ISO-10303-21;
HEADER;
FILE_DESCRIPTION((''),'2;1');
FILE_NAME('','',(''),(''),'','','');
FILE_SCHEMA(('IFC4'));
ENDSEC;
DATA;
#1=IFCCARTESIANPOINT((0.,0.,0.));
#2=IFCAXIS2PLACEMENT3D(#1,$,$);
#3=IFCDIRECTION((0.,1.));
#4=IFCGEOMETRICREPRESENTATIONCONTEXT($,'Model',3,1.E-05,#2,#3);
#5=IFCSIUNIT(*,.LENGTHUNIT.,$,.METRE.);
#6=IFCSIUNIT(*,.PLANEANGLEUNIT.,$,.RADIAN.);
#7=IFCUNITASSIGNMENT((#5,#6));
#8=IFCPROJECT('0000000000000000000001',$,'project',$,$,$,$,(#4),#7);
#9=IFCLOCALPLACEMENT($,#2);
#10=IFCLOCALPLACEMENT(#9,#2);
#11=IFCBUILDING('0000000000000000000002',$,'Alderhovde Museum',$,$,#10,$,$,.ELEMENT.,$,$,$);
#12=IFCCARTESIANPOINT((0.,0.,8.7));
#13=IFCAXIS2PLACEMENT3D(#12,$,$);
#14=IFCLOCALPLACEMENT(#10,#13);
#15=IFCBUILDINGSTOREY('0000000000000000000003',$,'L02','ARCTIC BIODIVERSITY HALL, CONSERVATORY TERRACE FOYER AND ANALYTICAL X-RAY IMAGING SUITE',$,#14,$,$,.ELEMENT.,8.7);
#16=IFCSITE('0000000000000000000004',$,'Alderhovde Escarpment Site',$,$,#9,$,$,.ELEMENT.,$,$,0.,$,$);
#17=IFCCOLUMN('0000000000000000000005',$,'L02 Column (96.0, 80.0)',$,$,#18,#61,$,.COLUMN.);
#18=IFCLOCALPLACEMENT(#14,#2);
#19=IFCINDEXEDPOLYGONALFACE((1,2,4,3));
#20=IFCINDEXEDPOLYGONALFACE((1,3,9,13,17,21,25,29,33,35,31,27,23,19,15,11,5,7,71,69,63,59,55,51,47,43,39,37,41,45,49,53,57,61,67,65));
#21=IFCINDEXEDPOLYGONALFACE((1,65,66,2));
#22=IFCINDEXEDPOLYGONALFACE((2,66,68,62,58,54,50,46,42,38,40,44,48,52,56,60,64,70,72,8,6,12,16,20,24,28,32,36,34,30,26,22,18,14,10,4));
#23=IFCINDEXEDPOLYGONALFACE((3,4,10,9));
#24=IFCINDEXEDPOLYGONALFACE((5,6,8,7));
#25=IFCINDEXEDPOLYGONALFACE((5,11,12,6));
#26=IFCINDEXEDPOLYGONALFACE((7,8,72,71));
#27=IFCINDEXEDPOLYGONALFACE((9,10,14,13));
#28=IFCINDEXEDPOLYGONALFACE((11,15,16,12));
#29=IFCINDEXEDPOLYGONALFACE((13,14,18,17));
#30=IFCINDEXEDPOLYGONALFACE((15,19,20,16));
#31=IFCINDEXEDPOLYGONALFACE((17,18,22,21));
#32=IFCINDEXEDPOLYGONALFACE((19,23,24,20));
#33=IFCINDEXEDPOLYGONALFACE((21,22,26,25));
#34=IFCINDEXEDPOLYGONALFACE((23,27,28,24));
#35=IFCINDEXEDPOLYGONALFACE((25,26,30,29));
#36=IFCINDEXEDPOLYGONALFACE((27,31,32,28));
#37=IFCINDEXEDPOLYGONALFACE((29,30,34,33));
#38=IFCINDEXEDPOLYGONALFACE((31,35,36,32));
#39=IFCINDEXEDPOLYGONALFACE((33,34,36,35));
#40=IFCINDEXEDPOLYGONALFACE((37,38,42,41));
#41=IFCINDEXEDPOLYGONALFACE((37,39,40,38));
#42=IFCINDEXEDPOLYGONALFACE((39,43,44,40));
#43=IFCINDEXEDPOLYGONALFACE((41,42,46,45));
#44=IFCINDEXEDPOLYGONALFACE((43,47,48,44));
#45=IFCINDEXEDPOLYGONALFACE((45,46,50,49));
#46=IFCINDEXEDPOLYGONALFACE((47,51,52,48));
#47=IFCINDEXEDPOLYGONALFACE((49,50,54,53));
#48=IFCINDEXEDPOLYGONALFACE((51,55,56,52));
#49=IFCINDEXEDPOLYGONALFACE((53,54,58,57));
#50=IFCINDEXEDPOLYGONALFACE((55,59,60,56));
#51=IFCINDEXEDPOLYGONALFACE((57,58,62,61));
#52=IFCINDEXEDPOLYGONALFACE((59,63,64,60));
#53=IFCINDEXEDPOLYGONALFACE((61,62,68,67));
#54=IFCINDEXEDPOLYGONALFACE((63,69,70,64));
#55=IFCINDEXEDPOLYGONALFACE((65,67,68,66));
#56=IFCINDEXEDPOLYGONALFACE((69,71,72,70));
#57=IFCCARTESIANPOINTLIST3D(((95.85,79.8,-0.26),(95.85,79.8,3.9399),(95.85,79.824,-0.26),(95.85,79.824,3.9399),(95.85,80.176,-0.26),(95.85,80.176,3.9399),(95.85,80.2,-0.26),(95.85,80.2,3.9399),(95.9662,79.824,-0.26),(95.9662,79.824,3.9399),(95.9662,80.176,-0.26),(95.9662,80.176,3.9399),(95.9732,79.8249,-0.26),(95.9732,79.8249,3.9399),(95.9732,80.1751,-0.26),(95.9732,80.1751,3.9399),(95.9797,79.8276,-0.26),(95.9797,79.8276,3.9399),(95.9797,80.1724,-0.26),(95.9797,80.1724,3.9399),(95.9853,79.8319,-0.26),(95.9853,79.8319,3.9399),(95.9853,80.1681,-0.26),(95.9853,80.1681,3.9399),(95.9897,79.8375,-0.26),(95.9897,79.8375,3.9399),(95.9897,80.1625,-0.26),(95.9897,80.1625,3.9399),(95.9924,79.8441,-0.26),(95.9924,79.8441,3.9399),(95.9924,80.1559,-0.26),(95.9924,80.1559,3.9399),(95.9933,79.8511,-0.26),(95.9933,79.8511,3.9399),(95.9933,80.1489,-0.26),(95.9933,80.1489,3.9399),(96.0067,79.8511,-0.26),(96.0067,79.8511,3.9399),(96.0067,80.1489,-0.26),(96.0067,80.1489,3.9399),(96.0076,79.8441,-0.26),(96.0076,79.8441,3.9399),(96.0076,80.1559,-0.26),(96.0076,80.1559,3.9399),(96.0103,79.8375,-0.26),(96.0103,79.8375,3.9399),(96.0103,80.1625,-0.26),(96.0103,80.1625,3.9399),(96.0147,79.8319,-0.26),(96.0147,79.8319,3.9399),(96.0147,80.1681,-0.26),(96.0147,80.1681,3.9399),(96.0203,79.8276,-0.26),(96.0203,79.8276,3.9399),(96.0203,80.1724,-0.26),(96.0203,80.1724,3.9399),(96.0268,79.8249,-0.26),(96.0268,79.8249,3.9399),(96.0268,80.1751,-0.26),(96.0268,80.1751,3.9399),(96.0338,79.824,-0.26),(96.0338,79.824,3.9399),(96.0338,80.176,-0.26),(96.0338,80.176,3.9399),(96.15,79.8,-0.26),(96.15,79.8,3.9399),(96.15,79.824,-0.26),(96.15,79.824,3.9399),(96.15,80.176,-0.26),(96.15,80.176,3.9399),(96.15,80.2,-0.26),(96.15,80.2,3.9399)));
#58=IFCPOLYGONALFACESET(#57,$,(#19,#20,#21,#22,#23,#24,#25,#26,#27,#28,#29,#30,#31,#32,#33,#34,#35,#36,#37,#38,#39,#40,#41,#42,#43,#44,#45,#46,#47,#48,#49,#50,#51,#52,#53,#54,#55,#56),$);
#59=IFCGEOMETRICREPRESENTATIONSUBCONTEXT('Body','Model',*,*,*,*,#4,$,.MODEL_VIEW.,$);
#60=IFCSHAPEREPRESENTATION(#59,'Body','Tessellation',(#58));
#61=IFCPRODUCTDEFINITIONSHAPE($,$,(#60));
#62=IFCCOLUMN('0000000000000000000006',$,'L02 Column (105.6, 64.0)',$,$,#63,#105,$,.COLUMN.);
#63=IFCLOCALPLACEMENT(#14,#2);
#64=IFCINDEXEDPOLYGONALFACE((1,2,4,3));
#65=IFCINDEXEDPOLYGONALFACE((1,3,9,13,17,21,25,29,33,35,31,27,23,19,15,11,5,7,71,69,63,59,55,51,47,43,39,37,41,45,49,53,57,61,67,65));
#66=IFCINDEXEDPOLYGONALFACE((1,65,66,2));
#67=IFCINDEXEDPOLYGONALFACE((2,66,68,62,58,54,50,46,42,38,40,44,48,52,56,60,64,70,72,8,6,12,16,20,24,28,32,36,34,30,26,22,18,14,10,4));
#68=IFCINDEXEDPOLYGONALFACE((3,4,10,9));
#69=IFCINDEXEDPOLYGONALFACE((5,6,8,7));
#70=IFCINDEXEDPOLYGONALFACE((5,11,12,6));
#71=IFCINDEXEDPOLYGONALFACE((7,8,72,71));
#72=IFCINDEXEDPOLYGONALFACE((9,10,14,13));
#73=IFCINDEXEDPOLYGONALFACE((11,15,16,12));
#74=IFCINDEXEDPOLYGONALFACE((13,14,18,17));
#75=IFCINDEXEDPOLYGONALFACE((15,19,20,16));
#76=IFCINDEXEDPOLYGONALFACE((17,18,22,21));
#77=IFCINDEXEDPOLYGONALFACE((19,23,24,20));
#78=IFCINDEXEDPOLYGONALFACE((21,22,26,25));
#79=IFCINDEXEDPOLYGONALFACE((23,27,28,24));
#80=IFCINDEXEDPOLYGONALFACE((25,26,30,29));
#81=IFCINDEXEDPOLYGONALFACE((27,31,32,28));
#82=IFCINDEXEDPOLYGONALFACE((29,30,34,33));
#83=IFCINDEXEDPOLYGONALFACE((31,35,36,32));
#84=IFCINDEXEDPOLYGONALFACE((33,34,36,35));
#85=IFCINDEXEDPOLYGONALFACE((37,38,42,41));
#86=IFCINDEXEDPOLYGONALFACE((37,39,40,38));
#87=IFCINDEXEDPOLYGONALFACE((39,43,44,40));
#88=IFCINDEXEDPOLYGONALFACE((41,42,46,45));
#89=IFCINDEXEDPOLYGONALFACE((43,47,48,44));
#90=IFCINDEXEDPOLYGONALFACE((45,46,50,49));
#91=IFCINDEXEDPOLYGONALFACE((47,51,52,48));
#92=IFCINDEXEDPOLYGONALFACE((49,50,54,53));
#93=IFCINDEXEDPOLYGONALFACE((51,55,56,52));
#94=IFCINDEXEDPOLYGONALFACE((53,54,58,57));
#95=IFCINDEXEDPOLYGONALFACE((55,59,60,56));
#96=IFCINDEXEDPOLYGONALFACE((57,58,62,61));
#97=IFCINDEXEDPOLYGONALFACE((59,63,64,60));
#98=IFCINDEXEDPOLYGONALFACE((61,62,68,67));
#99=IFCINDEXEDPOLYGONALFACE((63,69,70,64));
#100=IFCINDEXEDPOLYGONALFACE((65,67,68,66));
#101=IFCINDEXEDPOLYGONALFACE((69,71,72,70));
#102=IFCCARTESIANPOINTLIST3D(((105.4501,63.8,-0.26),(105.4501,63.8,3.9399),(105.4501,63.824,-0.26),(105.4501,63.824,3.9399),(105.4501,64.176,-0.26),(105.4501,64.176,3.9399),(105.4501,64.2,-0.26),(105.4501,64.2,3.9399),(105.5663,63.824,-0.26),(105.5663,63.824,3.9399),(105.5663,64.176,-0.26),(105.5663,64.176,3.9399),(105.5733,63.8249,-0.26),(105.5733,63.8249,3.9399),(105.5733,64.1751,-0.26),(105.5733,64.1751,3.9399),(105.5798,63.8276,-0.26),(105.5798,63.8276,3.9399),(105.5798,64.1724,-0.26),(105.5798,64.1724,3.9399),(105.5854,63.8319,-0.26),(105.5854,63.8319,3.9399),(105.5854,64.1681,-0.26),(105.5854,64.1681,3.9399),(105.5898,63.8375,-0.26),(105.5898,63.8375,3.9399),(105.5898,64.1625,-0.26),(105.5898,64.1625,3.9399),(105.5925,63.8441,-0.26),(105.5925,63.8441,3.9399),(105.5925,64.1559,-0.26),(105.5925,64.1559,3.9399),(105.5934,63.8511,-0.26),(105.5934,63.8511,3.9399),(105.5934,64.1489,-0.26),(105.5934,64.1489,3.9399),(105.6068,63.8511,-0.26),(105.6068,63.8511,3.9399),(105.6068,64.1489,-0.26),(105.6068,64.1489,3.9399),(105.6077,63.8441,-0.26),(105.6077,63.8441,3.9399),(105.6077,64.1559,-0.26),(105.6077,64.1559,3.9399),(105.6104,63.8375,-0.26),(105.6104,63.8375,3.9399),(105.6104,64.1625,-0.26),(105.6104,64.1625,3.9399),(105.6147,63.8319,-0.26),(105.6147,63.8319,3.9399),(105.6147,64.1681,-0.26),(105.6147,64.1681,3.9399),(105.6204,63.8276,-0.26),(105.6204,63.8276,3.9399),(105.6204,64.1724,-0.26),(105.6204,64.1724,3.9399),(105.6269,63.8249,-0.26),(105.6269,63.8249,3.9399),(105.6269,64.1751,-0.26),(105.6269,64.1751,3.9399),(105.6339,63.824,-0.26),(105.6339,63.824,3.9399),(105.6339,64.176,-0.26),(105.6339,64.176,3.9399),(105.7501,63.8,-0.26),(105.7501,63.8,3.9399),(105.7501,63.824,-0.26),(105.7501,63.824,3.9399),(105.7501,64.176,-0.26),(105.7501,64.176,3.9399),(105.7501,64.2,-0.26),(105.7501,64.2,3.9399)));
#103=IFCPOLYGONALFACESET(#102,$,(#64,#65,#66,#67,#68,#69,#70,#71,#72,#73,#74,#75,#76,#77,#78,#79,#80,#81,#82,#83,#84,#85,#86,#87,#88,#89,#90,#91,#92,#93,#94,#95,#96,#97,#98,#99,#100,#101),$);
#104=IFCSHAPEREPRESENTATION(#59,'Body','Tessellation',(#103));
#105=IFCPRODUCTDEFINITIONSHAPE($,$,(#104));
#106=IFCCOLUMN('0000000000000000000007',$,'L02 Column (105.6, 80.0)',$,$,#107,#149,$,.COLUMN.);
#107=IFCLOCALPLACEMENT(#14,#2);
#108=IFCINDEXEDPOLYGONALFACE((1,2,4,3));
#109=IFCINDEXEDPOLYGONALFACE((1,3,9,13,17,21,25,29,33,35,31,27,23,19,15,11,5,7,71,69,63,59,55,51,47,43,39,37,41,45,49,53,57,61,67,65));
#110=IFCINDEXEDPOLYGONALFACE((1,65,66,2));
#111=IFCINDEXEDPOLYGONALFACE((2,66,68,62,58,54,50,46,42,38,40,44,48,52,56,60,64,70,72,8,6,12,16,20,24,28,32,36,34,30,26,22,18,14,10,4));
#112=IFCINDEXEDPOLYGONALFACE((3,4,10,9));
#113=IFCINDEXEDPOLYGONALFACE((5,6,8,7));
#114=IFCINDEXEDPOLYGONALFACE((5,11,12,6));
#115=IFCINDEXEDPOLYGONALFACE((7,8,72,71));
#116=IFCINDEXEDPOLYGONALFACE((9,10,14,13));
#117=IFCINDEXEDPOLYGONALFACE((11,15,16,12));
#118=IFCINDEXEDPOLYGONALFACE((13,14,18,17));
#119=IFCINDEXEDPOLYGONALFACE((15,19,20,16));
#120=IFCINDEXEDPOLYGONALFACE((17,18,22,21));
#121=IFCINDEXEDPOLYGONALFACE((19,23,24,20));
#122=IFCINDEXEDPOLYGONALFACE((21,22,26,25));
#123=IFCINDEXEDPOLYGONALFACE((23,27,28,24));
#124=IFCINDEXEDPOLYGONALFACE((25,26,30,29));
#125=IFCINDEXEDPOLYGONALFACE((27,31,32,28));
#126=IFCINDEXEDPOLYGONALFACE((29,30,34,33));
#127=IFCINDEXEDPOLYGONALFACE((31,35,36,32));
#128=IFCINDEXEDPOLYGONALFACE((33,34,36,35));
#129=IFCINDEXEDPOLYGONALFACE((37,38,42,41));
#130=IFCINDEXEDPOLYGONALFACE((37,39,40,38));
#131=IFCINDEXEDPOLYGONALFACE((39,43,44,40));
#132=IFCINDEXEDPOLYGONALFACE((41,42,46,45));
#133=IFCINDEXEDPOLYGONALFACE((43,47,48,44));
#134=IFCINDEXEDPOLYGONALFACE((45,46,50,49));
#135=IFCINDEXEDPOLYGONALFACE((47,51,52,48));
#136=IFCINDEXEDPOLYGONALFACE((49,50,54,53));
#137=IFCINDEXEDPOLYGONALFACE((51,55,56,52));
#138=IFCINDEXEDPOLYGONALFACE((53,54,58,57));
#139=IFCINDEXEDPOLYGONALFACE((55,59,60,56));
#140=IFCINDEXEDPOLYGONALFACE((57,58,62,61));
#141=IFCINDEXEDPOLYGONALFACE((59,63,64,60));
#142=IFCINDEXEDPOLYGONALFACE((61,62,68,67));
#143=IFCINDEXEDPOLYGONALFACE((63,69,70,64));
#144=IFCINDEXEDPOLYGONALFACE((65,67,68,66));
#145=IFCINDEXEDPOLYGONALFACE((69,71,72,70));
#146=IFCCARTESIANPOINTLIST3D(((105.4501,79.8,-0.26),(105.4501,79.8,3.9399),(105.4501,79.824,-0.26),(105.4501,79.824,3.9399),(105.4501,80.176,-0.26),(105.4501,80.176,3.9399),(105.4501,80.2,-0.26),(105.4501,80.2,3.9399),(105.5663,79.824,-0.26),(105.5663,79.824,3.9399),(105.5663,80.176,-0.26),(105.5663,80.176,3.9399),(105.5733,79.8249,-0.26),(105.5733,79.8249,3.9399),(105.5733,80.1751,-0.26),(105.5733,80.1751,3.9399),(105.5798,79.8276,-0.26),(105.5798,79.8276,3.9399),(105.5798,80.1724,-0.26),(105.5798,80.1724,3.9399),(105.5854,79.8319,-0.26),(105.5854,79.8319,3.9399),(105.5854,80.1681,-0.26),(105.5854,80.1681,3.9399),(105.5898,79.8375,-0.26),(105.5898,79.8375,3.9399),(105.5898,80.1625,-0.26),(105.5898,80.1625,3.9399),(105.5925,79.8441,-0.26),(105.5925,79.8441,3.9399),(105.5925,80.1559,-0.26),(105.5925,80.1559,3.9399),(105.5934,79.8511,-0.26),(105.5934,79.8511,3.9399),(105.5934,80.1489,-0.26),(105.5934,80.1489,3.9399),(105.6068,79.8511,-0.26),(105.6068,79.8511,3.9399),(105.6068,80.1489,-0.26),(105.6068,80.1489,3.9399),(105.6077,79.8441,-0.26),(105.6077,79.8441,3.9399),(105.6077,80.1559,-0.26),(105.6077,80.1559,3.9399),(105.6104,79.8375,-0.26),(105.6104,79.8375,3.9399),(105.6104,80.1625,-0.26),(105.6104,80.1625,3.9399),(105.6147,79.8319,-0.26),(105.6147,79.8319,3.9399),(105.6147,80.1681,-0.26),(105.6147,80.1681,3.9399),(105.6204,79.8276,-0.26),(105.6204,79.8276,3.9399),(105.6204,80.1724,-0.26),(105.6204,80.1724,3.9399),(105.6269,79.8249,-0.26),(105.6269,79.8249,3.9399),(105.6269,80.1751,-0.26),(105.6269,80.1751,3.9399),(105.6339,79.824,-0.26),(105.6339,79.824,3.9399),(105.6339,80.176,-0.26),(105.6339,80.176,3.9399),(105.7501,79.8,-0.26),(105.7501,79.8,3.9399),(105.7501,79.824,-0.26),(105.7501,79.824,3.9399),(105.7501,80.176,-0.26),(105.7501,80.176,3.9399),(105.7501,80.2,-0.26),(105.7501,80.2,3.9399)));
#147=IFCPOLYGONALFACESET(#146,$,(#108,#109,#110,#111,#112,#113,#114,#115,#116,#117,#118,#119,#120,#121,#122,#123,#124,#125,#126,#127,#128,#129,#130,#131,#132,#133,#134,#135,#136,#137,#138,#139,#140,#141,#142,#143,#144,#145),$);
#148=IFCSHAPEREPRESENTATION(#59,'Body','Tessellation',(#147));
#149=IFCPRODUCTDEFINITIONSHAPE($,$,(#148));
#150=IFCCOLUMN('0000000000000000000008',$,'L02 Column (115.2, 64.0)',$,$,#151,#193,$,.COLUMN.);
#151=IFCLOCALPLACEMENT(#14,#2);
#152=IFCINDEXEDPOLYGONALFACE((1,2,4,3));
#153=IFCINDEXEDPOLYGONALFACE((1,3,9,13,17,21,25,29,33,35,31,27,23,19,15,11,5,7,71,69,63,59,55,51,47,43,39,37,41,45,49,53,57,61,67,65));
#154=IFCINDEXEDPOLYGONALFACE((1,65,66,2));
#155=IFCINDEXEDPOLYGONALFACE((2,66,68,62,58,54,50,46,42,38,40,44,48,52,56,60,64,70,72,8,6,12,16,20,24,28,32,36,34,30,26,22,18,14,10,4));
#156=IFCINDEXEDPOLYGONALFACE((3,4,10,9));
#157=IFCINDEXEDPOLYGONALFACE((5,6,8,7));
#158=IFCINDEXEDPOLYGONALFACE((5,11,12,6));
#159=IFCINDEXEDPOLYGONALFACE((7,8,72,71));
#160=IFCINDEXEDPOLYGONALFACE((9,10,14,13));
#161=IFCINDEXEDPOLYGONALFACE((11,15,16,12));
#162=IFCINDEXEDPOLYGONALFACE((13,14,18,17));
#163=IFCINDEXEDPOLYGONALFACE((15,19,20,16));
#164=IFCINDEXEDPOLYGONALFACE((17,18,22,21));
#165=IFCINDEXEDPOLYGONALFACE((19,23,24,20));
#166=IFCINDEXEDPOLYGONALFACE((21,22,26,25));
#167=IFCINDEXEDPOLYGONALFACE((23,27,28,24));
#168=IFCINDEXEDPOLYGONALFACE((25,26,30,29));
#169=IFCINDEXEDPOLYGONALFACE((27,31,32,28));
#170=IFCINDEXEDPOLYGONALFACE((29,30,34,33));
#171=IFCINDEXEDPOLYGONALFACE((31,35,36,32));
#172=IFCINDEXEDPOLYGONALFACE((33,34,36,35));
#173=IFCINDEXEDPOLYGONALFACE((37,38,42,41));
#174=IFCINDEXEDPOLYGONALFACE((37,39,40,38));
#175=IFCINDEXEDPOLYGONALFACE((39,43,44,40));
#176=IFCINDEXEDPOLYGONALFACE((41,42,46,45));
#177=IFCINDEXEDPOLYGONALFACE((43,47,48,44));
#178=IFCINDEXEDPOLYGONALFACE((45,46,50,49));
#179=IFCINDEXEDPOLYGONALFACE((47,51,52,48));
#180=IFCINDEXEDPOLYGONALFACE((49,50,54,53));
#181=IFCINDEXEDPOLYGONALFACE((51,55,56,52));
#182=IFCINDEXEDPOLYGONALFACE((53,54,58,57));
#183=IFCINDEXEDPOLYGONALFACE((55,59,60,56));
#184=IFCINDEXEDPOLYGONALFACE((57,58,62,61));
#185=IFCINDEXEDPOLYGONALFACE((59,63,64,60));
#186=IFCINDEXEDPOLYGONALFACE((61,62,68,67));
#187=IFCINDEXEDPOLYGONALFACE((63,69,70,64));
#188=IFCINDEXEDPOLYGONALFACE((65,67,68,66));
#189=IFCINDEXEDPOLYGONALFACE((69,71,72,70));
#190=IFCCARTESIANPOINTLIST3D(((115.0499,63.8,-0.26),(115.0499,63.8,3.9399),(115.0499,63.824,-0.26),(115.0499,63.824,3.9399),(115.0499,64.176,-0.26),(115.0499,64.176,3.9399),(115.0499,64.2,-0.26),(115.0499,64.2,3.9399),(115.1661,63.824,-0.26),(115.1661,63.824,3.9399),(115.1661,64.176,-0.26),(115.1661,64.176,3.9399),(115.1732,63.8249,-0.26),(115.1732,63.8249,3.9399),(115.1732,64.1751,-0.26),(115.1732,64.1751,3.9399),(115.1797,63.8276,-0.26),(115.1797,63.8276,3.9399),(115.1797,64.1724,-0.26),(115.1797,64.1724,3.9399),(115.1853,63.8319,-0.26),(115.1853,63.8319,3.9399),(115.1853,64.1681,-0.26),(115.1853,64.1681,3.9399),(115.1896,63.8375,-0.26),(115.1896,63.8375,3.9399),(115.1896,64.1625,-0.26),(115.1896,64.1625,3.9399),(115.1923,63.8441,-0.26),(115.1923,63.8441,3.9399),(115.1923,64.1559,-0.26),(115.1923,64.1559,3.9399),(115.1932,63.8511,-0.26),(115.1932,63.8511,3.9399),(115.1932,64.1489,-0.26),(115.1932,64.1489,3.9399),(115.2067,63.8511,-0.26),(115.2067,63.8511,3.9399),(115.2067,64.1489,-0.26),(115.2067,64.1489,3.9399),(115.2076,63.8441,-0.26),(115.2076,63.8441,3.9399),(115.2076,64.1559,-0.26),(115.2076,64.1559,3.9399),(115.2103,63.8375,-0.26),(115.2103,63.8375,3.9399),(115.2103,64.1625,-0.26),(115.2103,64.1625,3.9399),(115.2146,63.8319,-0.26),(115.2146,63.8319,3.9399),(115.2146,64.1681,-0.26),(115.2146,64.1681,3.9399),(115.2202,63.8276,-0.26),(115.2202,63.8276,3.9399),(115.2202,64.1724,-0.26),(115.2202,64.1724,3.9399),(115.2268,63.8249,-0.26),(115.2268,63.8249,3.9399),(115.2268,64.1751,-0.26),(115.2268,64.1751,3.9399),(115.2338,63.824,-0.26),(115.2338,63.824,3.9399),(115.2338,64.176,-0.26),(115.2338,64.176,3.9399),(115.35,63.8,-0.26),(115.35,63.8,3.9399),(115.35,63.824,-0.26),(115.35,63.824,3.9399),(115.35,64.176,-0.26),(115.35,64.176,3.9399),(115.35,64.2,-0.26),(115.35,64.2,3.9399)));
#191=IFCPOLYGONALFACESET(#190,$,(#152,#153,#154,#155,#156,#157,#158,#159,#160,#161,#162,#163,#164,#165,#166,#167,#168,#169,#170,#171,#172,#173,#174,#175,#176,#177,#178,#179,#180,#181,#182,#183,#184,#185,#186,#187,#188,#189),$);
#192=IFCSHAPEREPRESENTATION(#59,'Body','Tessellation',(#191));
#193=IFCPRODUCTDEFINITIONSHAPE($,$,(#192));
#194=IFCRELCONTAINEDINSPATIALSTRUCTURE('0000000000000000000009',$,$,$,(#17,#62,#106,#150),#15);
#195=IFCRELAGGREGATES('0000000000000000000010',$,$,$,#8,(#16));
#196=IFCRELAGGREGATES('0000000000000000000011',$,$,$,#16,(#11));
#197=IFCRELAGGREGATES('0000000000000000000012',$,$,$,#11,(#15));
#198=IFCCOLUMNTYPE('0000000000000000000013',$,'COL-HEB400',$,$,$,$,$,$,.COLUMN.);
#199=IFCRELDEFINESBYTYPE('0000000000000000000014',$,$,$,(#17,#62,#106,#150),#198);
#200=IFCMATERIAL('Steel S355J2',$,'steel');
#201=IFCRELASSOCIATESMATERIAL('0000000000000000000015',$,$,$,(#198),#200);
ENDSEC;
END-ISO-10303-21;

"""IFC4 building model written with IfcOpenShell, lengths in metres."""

from ifc_helpers import new_model, si_unit, direction, frame, origin, origin_2d, place, context, subcontext, project, spatial, i_section, extrude, material, material_profile, profile_set, type_object, element, save


model = new_model("IFC4")

# Units and contexts
model_context = context("Model", 3, precision=1e-05, world=origin(), true_north=direction((0.0, 1.0)))
body_context = subcontext(model_context, "Body", "Model", "MODEL_VIEW")
ifc_project = project(units=[si_unit("LENGTHUNIT", "METRE"), si_unit("PLANEANGLEUNIT", "RADIAN")], contexts=[model_context])

# Site, building, storey
site_placement = place(None, origin())
site = spatial("IfcSite", under=ifc_project, at=site_placement, Name="Alderhovde Escarpment Site", CompositionType="ELEMENT", RefElevation=0.0)
building_placement = place(site_placement, origin())
building = spatial("IfcBuilding", under=site, at=building_placement, Name="Alderhovde Museum", CompositionType="ELEMENT")
storey_placement = place(building_placement, frame((0.0, 0.0, 8.7)))
storey = spatial("IfcBuildingStorey", under=building, at=storey_placement, Name="L02", Description="ARCTIC BIODIVERSITY HALL, CONSERVATORY TERRACE FOYER AND ANALYTICAL X-RAY IMAGING SUITE", CompositionType="ELEMENT", Elevation=8.7)

# Columns
ifc_material_1 = material(Name="Steel S355J2", Category="steel")
ifc_material_profile_1 = material_profile(ifc_material_1, i_section(OverallWidth=0.3, OverallDepth=0.3999, WebThickness=0.0134, FlangeThickness=0.0239, FilletRadius=0.0271, at=origin_2d()), Name="HEB 400")
ifc_profile_set_1 = profile_set([ifc_material_profile_1], Name="Steel S355J2")
column_type_1 = type_object("IfcColumnType", Name="COL-HEB400", PredefinedType="COLUMN", material=ifc_profile_set_1)
for number, where, z_axis, x_axis, name in (
    (1, (96.0, 80.0, -0.26), (0.0, 0.0, 1.0), (1.0, 0.0, 0.0), "L02 Column (96.0, 80.0)"),
    (2, (105.6001, 64.0, -0.26), (0.0, 0.0, 1.0), (1.0, 0.0, 0.0), "L02 Column (105.6, 64.0)"),
    (3, (105.6001, 80.0, -0.26), (0.0, 0.0, 1.0), (1.0, 0.0, 0.0), "L02 Column (105.6, 80.0)"),
    (4, (115.2, 64.0, -0.26), (0.0, 0.0, 1.0), (1.0, 0.0, 0.0), "L02 Column (115.2, 64.0)"),
):
    element("IfcColumn", number, at=place(storey_placement, frame(where, z_axis=z_axis, x_axis=x_axis)), inside=storey, type_object=column_type_1, Name=name, PredefinedType="COLUMN", context=body_context, shape_type="SweptSolid", body=[
        extrude(i_section(OverallWidth=0.3, OverallDepth=0.3999, WebThickness=0.0134, FlangeThickness=0.0239, FilletRadius=0.0271, at=origin_2d()), origin(), (0.0, 0.0, 1.0), 4.2),
    ])

save(model, "model.ifc")
